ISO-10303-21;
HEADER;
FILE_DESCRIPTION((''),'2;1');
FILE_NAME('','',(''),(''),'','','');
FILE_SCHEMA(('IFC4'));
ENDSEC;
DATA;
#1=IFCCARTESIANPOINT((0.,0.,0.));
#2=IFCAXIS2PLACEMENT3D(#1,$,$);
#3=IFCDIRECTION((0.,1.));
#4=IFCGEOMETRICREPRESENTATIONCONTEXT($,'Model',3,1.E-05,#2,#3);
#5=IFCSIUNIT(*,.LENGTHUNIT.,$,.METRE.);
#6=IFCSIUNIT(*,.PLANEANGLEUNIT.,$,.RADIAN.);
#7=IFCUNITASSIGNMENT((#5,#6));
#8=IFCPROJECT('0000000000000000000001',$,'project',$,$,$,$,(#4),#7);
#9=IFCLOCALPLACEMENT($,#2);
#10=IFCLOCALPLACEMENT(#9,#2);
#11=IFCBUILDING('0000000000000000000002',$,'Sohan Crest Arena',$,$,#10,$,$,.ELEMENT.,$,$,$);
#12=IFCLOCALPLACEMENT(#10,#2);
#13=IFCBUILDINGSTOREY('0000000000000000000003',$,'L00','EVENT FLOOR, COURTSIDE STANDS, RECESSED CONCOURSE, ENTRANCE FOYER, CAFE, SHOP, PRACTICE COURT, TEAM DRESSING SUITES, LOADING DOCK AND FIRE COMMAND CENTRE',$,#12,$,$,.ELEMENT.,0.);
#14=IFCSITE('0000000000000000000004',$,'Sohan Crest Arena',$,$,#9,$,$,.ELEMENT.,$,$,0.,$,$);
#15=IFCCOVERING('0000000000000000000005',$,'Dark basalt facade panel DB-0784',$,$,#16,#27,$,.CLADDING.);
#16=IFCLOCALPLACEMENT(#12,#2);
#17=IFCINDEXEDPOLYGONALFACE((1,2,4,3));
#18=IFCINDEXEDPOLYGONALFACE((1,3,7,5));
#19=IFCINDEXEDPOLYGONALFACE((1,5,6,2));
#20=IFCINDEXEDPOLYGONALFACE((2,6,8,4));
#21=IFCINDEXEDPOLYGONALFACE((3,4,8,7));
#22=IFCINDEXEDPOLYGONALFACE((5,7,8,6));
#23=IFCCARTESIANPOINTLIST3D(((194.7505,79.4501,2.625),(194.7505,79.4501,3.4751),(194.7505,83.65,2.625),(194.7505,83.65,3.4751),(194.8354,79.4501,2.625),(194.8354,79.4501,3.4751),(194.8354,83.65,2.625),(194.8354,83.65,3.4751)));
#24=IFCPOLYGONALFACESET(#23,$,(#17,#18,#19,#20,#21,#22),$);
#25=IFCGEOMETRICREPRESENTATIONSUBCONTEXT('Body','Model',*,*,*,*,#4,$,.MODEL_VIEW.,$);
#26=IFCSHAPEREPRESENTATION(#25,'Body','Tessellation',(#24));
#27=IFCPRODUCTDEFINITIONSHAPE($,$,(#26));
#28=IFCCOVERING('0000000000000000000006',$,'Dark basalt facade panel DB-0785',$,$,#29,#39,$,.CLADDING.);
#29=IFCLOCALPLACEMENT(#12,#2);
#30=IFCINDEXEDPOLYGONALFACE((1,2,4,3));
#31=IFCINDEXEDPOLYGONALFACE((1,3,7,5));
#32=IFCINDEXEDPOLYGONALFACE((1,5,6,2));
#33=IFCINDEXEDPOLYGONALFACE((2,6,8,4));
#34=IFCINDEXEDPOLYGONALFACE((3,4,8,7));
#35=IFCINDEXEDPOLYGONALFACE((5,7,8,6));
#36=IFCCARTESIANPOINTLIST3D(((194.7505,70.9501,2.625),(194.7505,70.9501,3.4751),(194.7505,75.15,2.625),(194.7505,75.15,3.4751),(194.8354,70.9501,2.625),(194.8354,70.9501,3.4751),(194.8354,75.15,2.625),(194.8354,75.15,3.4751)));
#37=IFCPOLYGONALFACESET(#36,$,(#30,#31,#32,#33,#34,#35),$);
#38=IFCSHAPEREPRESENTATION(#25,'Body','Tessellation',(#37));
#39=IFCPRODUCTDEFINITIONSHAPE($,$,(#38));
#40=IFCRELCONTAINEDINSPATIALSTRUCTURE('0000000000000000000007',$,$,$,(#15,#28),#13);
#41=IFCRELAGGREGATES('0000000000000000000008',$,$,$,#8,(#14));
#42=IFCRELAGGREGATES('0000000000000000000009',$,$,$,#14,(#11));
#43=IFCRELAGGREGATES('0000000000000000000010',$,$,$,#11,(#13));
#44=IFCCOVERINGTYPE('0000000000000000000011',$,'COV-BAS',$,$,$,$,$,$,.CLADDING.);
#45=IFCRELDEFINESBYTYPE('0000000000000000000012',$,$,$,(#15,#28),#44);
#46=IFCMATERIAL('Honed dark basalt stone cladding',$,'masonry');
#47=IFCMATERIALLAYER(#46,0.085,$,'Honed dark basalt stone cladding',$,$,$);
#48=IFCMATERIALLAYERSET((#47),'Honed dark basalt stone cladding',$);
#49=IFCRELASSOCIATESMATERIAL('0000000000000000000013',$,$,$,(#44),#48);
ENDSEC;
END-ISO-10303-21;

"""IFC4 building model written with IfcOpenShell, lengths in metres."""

from ifc_helpers import new_model, si_unit, direction, frame, origin, origin_2d, place, context, subcontext, project, spatial, rectangle, extrude, material, layer, layer_set, type_object, element, save


model = new_model("IFC4")

# Units and contexts
model_context = context("Model", 3, precision=1e-05, world=origin(), true_north=direction((0.0, 1.0)))
body_context = subcontext(model_context, "Body", "Model", "MODEL_VIEW")
ifc_project = project(units=[si_unit("LENGTHUNIT", "METRE"), si_unit("PLANEANGLEUNIT", "RADIAN")], contexts=[model_context])

# Site, building, storey
site_placement = place(None, origin())
site = spatial("IfcSite", under=ifc_project, at=site_placement, Name="Sohan Crest Arena", CompositionType="ELEMENT", RefElevation=0.0)
building_placement = place(site_placement, origin())
building = spatial("IfcBuilding", under=site, at=building_placement, Name="Sohan Crest Arena", CompositionType="ELEMENT")
storey_placement = place(building_placement, origin())
storey = spatial("IfcBuildingStorey", under=building, at=storey_placement, Name="L00", Description="EVENT FLOOR, COURTSIDE STANDS, RECESSED CONCOURSE, ENTRANCE FOYER, CAFE, SHOP, PRACTICE COURT, TEAM DRESSING SUITES, LOADING DOCK AND FIRE COMMAND CENTRE", CompositionType="ELEMENT", Elevation=0.0)

# Coverings
ifc_material_1 = material(Name="Honed dark basalt stone cladding", Category="masonry")
ifc_layer_1 = layer(ifc_material_1, 0.085, Name="Honed dark basalt stone cladding")
ifc_layer_set_1 = layer_set([ifc_layer_1], Name="Honed dark basalt stone cladding")
covering_type = type_object("IfcCoveringType", Name="COV-BAS", PredefinedType="CLADDING", material=ifc_layer_set_1)
for number, where, z_axis, x_axis, name in (
    (1, (194.793, 81.55, 2.625), (0.0, 0.0, 1.0), (0.0, -1.0, 0.0), "Dark basalt facade panel DB-0784"),
    (2, (194.793, 73.05, 2.625), (0.0, 0.0, 1.0), (0.0, -1.0, 0.0), "Dark basalt facade panel DB-0785"),
):
    element("IfcCovering", number, at=place(storey_placement, frame(where, z_axis=z_axis, x_axis=x_axis)), inside=storey, type_object=covering_type, Name=name, PredefinedType="CLADDING", context=body_context, shape_type="SweptSolid", body=[
        extrude(rectangle(XDim=4.2, YDim=0.085, at=origin_2d()), origin(), (0.0, 0.0, 1.0), 0.8501),
    ])

save(model, "model.ifc")
